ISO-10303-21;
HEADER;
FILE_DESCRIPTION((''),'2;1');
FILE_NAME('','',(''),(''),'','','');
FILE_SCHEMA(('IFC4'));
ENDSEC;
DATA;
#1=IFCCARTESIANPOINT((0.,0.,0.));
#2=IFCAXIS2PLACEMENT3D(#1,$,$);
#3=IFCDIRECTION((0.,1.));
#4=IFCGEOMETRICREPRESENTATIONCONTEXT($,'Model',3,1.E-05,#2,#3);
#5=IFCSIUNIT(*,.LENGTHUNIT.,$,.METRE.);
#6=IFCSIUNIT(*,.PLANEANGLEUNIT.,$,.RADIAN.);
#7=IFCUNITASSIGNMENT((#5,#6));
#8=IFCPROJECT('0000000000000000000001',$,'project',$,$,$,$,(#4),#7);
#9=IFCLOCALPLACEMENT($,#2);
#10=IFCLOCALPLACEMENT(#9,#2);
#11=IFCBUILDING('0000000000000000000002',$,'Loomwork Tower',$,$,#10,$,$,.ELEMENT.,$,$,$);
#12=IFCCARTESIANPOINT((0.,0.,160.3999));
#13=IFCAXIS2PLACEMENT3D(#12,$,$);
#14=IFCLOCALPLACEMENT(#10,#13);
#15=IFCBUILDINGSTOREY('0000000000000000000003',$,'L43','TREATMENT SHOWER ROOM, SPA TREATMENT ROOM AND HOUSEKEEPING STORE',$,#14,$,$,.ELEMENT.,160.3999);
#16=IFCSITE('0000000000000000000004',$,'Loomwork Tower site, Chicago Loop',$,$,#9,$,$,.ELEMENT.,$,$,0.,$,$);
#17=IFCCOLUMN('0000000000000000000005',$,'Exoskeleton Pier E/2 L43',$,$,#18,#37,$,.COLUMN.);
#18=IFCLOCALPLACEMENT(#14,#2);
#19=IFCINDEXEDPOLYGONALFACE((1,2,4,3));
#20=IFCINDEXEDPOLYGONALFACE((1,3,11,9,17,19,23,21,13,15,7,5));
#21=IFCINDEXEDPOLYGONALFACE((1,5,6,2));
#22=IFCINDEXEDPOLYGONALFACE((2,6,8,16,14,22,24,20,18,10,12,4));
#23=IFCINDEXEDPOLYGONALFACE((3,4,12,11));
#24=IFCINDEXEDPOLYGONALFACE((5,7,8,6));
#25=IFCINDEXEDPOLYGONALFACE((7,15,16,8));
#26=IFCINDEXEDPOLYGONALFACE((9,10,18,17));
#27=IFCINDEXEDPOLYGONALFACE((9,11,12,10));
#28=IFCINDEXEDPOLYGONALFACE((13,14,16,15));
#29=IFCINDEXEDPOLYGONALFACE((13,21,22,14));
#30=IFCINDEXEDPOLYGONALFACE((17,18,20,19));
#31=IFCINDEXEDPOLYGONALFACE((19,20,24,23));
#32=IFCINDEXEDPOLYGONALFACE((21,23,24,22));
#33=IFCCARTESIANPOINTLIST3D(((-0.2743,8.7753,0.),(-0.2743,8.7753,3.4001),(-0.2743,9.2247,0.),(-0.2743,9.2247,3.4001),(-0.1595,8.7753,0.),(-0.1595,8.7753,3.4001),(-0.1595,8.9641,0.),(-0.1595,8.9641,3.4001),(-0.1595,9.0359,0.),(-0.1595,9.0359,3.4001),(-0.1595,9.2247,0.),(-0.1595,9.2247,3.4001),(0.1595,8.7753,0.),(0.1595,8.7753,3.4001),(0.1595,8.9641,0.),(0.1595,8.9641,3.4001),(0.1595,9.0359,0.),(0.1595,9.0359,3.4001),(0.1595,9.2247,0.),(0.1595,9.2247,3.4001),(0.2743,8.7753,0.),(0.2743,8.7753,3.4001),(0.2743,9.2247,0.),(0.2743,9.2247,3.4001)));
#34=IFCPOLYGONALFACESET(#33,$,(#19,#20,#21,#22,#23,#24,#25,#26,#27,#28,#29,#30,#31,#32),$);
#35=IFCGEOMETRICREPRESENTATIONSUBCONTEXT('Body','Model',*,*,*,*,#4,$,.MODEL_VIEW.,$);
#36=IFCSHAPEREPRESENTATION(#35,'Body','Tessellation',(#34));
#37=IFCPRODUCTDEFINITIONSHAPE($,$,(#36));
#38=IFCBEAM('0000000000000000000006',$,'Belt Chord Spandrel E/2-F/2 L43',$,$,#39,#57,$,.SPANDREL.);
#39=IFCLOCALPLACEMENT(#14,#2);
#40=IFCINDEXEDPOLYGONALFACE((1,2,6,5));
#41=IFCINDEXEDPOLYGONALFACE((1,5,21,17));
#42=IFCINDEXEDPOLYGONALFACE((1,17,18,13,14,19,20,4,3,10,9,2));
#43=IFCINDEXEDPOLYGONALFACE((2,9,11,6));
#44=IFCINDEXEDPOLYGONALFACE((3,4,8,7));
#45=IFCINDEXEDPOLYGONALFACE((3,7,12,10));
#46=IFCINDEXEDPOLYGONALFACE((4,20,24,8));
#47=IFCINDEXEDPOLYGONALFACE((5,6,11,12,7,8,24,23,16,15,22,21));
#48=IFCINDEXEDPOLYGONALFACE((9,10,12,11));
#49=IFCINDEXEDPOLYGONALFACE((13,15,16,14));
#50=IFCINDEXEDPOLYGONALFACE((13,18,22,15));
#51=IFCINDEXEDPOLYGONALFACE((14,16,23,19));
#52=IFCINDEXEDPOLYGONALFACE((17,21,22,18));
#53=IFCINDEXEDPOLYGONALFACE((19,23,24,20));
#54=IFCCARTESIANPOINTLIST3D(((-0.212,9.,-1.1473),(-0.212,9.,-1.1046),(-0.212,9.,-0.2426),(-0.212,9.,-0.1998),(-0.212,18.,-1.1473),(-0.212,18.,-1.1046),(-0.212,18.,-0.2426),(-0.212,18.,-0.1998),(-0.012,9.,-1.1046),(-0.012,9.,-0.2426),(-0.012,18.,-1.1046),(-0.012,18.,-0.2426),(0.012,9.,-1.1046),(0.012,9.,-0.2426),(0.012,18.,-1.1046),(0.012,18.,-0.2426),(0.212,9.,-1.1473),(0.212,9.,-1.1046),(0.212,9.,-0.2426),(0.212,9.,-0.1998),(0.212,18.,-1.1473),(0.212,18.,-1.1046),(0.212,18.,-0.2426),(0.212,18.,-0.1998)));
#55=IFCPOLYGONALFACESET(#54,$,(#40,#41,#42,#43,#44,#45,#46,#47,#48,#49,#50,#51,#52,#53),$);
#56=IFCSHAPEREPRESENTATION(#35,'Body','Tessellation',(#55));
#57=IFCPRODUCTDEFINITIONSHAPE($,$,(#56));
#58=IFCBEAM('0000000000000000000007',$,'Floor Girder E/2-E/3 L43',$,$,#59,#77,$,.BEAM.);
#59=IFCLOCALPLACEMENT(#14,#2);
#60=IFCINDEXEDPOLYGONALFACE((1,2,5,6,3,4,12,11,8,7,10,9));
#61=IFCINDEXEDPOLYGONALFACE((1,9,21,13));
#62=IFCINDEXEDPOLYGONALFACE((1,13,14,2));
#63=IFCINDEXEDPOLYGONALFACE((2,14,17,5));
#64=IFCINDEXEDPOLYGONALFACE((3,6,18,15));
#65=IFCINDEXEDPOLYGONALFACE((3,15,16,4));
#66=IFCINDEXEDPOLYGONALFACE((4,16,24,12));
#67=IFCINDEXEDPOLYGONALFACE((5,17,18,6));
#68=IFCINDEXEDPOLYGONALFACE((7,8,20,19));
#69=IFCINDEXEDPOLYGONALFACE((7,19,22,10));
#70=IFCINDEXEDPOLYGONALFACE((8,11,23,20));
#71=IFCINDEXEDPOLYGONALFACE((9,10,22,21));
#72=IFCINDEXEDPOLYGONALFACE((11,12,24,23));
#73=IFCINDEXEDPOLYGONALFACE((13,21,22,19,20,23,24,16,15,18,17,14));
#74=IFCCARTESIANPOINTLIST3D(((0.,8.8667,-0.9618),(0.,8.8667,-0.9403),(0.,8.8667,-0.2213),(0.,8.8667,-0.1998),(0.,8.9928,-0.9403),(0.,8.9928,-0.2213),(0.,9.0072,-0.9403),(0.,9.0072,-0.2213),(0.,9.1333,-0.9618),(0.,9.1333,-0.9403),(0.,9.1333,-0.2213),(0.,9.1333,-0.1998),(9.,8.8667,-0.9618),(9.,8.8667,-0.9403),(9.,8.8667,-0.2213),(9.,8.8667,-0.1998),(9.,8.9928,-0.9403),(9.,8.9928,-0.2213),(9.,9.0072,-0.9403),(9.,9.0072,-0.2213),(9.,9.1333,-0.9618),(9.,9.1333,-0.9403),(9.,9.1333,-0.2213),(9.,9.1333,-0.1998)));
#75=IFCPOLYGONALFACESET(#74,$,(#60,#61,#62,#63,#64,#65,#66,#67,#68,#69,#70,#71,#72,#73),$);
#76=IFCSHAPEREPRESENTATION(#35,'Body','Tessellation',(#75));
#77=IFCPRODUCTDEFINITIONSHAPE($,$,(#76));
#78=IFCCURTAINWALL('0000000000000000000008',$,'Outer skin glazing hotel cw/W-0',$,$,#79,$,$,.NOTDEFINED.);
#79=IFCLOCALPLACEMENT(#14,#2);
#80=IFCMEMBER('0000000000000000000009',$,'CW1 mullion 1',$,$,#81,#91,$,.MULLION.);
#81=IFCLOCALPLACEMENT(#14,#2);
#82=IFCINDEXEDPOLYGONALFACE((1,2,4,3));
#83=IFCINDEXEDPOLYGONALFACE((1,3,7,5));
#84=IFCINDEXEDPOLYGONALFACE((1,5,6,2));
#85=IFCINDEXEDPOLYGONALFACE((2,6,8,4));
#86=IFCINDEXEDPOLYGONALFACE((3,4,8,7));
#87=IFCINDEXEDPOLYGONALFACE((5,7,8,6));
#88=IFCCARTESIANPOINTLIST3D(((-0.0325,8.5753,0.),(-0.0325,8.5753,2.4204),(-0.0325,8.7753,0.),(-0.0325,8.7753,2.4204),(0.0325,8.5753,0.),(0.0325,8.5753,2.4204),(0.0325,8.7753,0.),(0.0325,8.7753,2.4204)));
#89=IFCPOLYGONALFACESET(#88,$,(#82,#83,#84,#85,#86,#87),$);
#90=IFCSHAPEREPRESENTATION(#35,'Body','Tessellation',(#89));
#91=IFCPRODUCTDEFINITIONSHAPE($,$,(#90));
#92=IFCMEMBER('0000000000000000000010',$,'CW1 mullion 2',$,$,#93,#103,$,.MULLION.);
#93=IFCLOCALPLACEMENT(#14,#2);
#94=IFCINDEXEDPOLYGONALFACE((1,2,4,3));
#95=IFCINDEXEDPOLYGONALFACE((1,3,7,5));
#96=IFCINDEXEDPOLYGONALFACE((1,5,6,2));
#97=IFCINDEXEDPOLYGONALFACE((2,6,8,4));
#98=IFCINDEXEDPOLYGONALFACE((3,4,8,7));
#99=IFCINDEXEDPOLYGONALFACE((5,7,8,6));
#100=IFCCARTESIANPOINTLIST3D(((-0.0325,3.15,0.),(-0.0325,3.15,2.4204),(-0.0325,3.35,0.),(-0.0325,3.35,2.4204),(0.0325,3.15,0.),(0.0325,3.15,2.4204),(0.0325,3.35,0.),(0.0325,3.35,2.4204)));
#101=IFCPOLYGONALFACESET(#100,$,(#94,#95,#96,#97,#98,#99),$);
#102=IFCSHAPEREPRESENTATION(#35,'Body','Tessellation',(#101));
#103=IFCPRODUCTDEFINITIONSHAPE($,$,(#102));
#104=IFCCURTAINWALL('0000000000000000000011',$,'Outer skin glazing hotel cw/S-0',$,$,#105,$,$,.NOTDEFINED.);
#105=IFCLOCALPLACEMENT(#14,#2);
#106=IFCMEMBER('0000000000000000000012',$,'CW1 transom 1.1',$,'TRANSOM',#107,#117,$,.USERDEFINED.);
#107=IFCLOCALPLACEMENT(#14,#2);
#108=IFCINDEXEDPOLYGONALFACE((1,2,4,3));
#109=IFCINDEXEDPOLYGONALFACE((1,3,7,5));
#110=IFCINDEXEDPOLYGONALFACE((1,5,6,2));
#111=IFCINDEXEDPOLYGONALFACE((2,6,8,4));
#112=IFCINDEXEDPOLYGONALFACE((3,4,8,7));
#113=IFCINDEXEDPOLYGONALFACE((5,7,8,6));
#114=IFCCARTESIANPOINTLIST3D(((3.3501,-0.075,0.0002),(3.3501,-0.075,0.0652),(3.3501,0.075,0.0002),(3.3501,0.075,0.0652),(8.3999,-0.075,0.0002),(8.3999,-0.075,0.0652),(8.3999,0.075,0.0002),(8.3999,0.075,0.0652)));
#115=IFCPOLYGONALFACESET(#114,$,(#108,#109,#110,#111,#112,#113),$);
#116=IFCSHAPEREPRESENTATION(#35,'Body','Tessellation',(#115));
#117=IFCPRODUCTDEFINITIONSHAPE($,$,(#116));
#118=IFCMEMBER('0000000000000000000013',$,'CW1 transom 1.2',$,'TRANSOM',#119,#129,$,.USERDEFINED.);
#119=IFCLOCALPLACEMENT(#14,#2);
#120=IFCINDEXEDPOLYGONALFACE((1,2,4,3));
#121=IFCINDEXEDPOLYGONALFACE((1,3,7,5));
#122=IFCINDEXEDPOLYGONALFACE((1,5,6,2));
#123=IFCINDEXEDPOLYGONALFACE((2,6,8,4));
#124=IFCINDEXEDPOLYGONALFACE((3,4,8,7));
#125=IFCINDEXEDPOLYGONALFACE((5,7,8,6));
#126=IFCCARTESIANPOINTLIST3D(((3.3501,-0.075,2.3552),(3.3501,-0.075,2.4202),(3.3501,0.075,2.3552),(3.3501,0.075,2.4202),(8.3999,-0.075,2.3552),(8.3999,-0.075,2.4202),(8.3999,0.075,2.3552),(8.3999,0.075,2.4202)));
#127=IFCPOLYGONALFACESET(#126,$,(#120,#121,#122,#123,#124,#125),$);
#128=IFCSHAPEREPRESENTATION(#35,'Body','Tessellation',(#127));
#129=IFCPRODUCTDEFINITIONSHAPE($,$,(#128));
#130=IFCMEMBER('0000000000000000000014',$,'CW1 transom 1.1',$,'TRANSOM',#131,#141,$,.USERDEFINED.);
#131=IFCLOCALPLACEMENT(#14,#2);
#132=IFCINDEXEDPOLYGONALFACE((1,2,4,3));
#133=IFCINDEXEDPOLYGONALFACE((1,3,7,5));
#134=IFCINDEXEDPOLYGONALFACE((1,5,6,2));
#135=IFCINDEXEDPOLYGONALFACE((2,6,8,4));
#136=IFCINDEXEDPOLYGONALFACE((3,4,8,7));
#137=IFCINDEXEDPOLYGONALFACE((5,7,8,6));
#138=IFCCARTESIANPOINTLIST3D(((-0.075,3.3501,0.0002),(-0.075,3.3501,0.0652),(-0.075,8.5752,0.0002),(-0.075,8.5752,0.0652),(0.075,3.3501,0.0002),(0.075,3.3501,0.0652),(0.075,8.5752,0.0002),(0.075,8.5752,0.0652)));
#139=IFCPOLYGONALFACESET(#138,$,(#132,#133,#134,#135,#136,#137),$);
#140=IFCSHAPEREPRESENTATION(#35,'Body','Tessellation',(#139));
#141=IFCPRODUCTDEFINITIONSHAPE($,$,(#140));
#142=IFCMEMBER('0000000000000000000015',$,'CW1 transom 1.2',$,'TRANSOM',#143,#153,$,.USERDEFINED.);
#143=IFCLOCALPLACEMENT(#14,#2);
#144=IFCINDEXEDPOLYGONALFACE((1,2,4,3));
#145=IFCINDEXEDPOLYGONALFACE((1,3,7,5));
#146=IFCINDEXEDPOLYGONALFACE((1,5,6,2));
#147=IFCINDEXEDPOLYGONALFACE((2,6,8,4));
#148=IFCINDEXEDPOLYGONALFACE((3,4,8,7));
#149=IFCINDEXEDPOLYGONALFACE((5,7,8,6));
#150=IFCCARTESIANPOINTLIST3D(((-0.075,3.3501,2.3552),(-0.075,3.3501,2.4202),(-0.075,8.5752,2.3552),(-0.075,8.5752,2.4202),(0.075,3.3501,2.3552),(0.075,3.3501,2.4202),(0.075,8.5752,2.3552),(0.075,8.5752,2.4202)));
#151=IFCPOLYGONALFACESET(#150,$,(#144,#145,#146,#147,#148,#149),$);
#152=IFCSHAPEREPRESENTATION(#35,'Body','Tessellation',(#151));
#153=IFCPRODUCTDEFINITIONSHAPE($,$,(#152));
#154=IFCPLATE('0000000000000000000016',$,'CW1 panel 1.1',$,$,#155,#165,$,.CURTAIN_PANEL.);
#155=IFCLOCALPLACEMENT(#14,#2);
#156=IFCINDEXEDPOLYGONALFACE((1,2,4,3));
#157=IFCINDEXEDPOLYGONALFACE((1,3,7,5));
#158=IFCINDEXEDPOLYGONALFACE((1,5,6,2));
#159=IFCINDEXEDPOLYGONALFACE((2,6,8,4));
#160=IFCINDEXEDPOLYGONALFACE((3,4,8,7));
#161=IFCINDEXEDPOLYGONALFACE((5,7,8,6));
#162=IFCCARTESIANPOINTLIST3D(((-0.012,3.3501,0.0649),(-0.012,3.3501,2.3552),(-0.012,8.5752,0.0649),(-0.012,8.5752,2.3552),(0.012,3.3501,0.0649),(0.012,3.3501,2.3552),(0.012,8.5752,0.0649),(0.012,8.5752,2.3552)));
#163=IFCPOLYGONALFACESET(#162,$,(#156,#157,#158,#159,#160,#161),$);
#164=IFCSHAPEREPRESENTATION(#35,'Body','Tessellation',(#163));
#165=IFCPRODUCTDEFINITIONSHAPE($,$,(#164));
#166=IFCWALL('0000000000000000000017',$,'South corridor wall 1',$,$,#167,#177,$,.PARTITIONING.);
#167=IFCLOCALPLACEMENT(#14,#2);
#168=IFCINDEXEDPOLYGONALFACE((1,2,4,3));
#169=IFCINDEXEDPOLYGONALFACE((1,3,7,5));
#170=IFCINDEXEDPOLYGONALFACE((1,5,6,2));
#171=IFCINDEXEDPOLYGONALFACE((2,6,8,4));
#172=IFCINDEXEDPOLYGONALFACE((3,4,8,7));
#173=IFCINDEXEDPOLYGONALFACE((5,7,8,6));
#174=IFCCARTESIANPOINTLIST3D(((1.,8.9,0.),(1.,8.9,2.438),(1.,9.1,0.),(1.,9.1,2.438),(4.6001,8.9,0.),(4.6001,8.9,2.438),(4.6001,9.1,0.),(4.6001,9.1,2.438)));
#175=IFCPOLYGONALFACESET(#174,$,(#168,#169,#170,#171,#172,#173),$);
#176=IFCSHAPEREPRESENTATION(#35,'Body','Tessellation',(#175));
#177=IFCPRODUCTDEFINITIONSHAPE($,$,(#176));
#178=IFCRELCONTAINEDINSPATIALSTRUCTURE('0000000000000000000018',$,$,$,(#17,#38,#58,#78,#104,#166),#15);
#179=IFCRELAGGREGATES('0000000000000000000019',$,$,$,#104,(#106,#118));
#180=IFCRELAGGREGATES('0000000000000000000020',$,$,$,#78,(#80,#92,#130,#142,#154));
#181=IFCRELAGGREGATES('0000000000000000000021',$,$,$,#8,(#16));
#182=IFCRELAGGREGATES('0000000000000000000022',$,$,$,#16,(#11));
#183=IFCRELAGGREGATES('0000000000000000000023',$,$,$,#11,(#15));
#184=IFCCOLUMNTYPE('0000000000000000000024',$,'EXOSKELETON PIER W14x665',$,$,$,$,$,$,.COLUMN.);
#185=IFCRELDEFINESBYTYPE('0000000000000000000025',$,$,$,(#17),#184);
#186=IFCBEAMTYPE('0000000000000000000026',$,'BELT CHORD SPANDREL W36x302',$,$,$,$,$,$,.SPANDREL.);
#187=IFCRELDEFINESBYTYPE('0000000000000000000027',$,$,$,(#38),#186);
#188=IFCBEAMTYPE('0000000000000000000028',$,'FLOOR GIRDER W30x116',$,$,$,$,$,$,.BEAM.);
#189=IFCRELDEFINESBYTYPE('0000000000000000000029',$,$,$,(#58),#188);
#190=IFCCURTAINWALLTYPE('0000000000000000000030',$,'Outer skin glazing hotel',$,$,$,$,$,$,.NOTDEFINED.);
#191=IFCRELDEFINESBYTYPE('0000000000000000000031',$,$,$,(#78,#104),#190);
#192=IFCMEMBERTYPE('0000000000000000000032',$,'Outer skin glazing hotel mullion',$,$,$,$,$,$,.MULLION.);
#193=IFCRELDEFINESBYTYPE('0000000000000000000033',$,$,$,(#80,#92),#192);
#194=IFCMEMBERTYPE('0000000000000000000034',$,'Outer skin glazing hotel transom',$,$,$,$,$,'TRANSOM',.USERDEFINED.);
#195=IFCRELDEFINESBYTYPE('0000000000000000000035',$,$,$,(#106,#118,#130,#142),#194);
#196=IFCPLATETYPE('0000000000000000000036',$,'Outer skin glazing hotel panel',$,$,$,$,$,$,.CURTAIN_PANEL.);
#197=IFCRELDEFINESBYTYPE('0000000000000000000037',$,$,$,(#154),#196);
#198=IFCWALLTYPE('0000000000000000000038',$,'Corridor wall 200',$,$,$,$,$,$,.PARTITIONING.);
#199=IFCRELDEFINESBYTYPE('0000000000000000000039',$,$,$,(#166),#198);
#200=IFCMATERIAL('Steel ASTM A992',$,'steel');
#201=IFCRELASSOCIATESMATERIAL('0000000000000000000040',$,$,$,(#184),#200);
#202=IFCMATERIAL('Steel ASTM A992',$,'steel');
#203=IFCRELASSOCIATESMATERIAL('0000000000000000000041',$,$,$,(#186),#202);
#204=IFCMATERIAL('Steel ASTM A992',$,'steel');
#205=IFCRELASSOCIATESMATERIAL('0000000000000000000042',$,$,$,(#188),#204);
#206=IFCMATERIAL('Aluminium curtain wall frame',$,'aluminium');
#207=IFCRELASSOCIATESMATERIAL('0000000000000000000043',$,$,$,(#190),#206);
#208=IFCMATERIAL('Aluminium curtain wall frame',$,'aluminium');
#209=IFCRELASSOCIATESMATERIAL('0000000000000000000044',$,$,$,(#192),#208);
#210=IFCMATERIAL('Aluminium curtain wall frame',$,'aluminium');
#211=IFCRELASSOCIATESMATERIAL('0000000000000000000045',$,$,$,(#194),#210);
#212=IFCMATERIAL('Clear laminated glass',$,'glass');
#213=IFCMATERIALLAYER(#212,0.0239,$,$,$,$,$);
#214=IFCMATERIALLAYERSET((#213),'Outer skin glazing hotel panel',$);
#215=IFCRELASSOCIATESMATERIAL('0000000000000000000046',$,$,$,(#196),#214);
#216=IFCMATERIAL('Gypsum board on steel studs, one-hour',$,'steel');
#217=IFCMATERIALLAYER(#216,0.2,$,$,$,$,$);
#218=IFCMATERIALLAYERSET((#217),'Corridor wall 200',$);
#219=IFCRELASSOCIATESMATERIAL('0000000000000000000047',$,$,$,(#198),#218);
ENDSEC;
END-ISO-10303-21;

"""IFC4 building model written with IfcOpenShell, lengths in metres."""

from ifc_helpers import new_model, si_unit, direction, frame, frame_2d, origin, origin_2d, place, context, subcontext, project, spatial, rectangle, i_section, extrude, material, layer, layer_set, material_profile, profile_set, type_object, element, aggregate, save


model = new_model("IFC4")

# Units and contexts
model_context = context("Model", 3, precision=1e-05, world=origin(), true_north=direction((0.0, 1.0)))
body_context = subcontext(model_context, "Body", "Model", "MODEL_VIEW")
ifc_project = project(units=[si_unit("LENGTHUNIT", "METRE"), si_unit("PLANEANGLEUNIT", "RADIAN")], contexts=[model_context])

# Site, building, storey
site_placement = place(None, origin())
site = spatial("IfcSite", under=ifc_project, at=site_placement, Name="Loomwork Tower site, Chicago Loop", CompositionType="ELEMENT", RefElevation=0.0)
building_placement = place(site_placement, origin())
building = spatial("IfcBuilding", under=site, at=building_placement, Name="Loomwork Tower", CompositionType="ELEMENT")
storey_placement = place(building_placement, frame((0.0, 0.0, 160.3999)))
storey = spatial("IfcBuildingStorey", under=building, at=storey_placement, Name="L43", Description="TREATMENT SHOWER ROOM, SPA TREATMENT ROOM AND HOUSEKEEPING STORE", CompositionType="ELEMENT", Elevation=160.3999)

# Column
ifc_material_1 = material(Name="Steel ASTM A992", Category="steel")
ifc_material_profile_1 = material_profile(ifc_material_1, i_section(OverallWidth=0.4495, OverallDepth=0.5486, WebThickness=0.0718, FlangeThickness=0.1147, at=origin_2d()), Name="W14x665")
ifc_profile_set_1 = profile_set([ifc_material_profile_1], Name="Steel ASTM A992")
column_type = type_object("IfcColumnType", Name="EXOSKELETON PIER W14x665", PredefinedType="COLUMN", material=ifc_profile_set_1)
column_placement = place(storey_placement, frame((0.0, 9.0, 0.0), z_axis=(0.0, 0.0, 1.0), x_axis=(0.0, 1.0, 0.0)))
element("IfcColumn", 1, at=column_placement, inside=storey, type_object=column_type, Name="Exoskeleton Pier E/2 L43", PredefinedType="COLUMN", context=body_context, shape_type="SweptSolid", body=[
    extrude(i_section(OverallWidth=0.4495, OverallDepth=0.5486, WebThickness=0.0718, FlangeThickness=0.1147, at=origin_2d()), origin(), (0.0, 0.0, 1.0), 3.4001),
])

# Beams
ifc_material_2 = material(Name="Steel ASTM A992", Category="steel")
ifc_material_profile_2 = material_profile(ifc_material_2, i_section(OverallWidth=0.4241, OverallDepth=0.9475, WebThickness=0.0239, FlangeThickness=0.0427, at=origin_2d()), Name="W36x302")
ifc_profile_set_2 = profile_set([ifc_material_profile_2], Name="Steel ASTM A992")
beam_type_1 = type_object("IfcBeamType", Name="BELT CHORD SPANDREL W36x302", PredefinedType="SPANDREL", material=ifc_profile_set_2)
beam_1_placement = place(storey_placement, frame((0.0, 9.0, -0.6736), z_axis=(0.0, 1.0, 0.0), x_axis=(-1.0, 0.0, 0.0)))
element("IfcBeam", 2, at=beam_1_placement, inside=storey, type_object=beam_type_1, Name="Belt Chord Spandrel E/2-F/2 L43", PredefinedType="SPANDREL", context=body_context, shape_type="SweptSolid", body=[
    extrude(i_section(OverallWidth=0.4241, OverallDepth=0.9475, WebThickness=0.0239, FlangeThickness=0.0427, at=origin_2d()), origin(), (0.0, 0.0, 1.0), 9.0),
])
ifc_material_3 = material(Name="Steel ASTM A992", Category="steel")
ifc_material_profile_3 = material_profile(ifc_material_3, i_section(OverallWidth=0.2666, OverallDepth=0.762, WebThickness=0.0144, FlangeThickness=0.0215, at=origin_2d()), Name="W30x116")
ifc_profile_set_3 = profile_set([ifc_material_profile_3], Name="Steel ASTM A992")
beam_type_2 = type_object("IfcBeamType", Name="FLOOR GIRDER W30x116", PredefinedType="BEAM", material=ifc_profile_set_3)
beam_2_placement = place(storey_placement, frame((0.0, 9.0, -0.5808), z_axis=(1.0, 0.0, 0.0), x_axis=(0.0, 1.0, 0.0)))
element("IfcBeam", 3, at=beam_2_placement, inside=storey, type_object=beam_type_2, Name="Floor Girder E/2-E/3 L43", PredefinedType="BEAM", context=body_context, shape_type="SweptSolid", body=[
    extrude(i_section(OverallWidth=0.2666, OverallDepth=0.762, WebThickness=0.0144, FlangeThickness=0.0215, at=origin_2d()), origin(), (0.0, 0.0, 1.0), 9.0),
])

# Curtain walls, members
ifc_material_4 = material(Name="Aluminium curtain wall frame", Category="aluminium")
curtain_wall_type = type_object("IfcCurtainWallType", Name="Outer skin glazing hotel", PredefinedType="NOTDEFINED", material=ifc_material_4)
curtain_wall_1_placement = place(storey_placement, origin())
curtain_wall_1 = element("IfcCurtainWall", 4, at=curtain_wall_1_placement, inside=storey, type_object=curtain_wall_type, Name="Outer skin glazing hotel cw/W-0", PredefinedType="NOTDEFINED")
ifc_material_5 = material(Name="Aluminium curtain wall frame", Category="aluminium")
ifc_material_profile_4 = material_profile(ifc_material_5, rectangle(XDim=0.0649, YDim=0.2, at=origin_2d()), Name="AL 65x200")
ifc_profile_set_4 = profile_set([ifc_material_profile_4], Name="Aluminium curtain wall frame")
member_type_1 = type_object("IfcMemberType", Name="Outer skin glazing hotel mullion", PredefinedType="MULLION", material=ifc_profile_set_4)
member_1_placement = place(storey_placement, frame((0.0, 8.6753, 0.0), z_axis=(0.0, 0.0, 1.0), x_axis=(1.0, 0.0, 0.0)))
member_1 = element("IfcMember", 5, at=member_1_placement, type_object=member_type_1, Name="CW1 mullion 1", PredefinedType="MULLION", context=body_context, shape_type="SweptSolid", body=[
    extrude(rectangle(XDim=0.0649, YDim=0.2, at=origin_2d()), origin(), (0.0, 0.0, 1.0), 2.4204),
])
member_2_placement = place(storey_placement, frame((0.0, 3.25, 0.0), z_axis=(0.0, 0.0, 1.0), x_axis=(1.0, 0.0, 0.0)))
member_2 = element("IfcMember", 6, at=member_2_placement, type_object=member_type_1, Name="CW1 mullion 2", PredefinedType="MULLION", context=body_context, shape_type="SweptSolid", body=[
    extrude(rectangle(XDim=0.0649, YDim=0.2, at=origin_2d()), origin(), (0.0, 0.0, 1.0), 2.4204),
])
curtain_wall_2_placement = place(storey_placement, origin())
curtain_wall_2 = element("IfcCurtainWall", 7, at=curtain_wall_2_placement, inside=storey, type_object=curtain_wall_type, Name="Outer skin glazing hotel cw/S-0", PredefinedType="NOTDEFINED")
ifc_material_6 = material(Name="Aluminium curtain wall frame", Category="aluminium")
ifc_material_profile_5 = material_profile(ifc_material_6, rectangle(XDim=0.1499, YDim=0.0649, at=origin_2d()), Name="AL 65x150")
ifc_profile_set_5 = profile_set([ifc_material_profile_5], Name="Aluminium curtain wall frame")
member_type_2 = type_object("IfcMemberType", Name="Outer skin glazing hotel transom", ElementType="TRANSOM", PredefinedType="USERDEFINED", material=ifc_profile_set_5)
member_3_placement = place(storey_placement, frame((3.3501, 0.0, 0.0327), z_axis=(1.0, 0.0, 0.0), x_axis=(0.0, 1.0, 0.0)))
member_3 = element("IfcMember", 8, at=member_3_placement, type_object=member_type_2, Name="CW1 transom 1.1", ObjectType="TRANSOM", PredefinedType="USERDEFINED", context=body_context, shape_type="SweptSolid", body=[
    extrude(rectangle(XDim=0.1499, YDim=0.0649, at=origin_2d()), origin(), (0.0, 0.0, 1.0), 5.0498),
])
member_4_placement = place(storey_placement, frame((3.3501, 0.0, 2.3877), z_axis=(1.0, 0.0, 0.0), x_axis=(0.0, 1.0, 0.0)))
member_4 = element("IfcMember", 9, at=member_4_placement, type_object=member_type_2, Name="CW1 transom 1.2", ObjectType="TRANSOM", PredefinedType="USERDEFINED", context=body_context, shape_type="SweptSolid", body=[
    extrude(rectangle(XDim=0.1499, YDim=0.0649, at=origin_2d()), origin(), (0.0, 0.0, 1.0), 5.0498),
])
aggregate(curtain_wall_2, [member_3, member_4])

# Members
member_5_placement = place(storey_placement, frame((0.0, 8.5752, 0.0327), z_axis=(0.0, -1.0, 0.0), x_axis=(1.0, 0.0, 0.0)))
member_5 = element("IfcMember", 10, at=member_5_placement, type_object=member_type_2, Name="CW1 transom 1.1", ObjectType="TRANSOM", PredefinedType="USERDEFINED", context=body_context, shape_type="SweptSolid", body=[
    extrude(rectangle(XDim=0.1499, YDim=0.0649, at=origin_2d()), origin(), (0.0, 0.0, 1.0), 5.2251),
])
member_6_placement = place(storey_placement, frame((0.0, 8.5752, 2.3877), z_axis=(0.0, -1.0, 0.0), x_axis=(1.0, 0.0, 0.0)))
member_6 = element("IfcMember", 11, at=member_6_placement, type_object=member_type_2, Name="CW1 transom 1.2", ObjectType="TRANSOM", PredefinedType="USERDEFINED", context=body_context, shape_type="SweptSolid", body=[
    extrude(rectangle(XDim=0.1499, YDim=0.0649, at=origin_2d()), origin(), (0.0, 0.0, 1.0), 5.2251),
])

# Plate
ifc_material_7 = material(Name="Clear laminated glass", Category="glass")
ifc_layer_1 = layer(ifc_material_7, 0.0239)
ifc_layer_set_1 = layer_set([ifc_layer_1], Name="Outer skin glazing hotel panel")
plate_type = type_object("IfcPlateType", Name="Outer skin glazing hotel panel", PredefinedType="CURTAIN_PANEL", material=ifc_layer_set_1)
plate_placement = place(storey_placement, frame((0.0, 5.9626, 0.0649), z_axis=(0.0, 0.0, 1.0), x_axis=(0.0, -1.0, 0.0)))
plate = element("IfcPlate", 12, at=plate_placement, type_object=plate_type, Name="CW1 panel 1.1", PredefinedType="CURTAIN_PANEL", context=body_context, shape_type="SweptSolid", body=[
    extrude(rectangle(XDim=5.2251, YDim=0.0239, at=origin_2d()), origin(), (0.0, 0.0, 1.0), 2.2903),
])
aggregate(curtain_wall_1, [member_1, member_2, member_5, member_6, plate])

# Wall
ifc_material_8 = material(Name="Gypsum board on steel studs, one-hour", Category="steel")
ifc_layer_2 = layer(ifc_material_8, 0.2)
ifc_layer_set_2 = layer_set([ifc_layer_2], Name="Corridor wall 200")
wall_type_1 = type_object("IfcWallType", Name="Corridor wall 200", PredefinedType="PARTITIONING", material=ifc_layer_set_2)
wall_1_placement = place(storey_placement, frame((1.0, 9.0, 0.0), z_axis=(0.0, 0.0, 1.0), x_axis=(1.0, 0.0, 0.0)))
element("IfcWall", 13, at=wall_1_placement, inside=storey, type_object=wall_type_1, Name="South corridor wall 1", PredefinedType="PARTITIONING", context=body_context, shape_type="SweptSolid", body=[
    extrude(rectangle(XDim=3.6001, YDim=0.2, at=frame_2d((1.8, 0.0))), origin(), (0.0, 0.0, 1.0), 2.438),
])

save(model, "model.ifc")
